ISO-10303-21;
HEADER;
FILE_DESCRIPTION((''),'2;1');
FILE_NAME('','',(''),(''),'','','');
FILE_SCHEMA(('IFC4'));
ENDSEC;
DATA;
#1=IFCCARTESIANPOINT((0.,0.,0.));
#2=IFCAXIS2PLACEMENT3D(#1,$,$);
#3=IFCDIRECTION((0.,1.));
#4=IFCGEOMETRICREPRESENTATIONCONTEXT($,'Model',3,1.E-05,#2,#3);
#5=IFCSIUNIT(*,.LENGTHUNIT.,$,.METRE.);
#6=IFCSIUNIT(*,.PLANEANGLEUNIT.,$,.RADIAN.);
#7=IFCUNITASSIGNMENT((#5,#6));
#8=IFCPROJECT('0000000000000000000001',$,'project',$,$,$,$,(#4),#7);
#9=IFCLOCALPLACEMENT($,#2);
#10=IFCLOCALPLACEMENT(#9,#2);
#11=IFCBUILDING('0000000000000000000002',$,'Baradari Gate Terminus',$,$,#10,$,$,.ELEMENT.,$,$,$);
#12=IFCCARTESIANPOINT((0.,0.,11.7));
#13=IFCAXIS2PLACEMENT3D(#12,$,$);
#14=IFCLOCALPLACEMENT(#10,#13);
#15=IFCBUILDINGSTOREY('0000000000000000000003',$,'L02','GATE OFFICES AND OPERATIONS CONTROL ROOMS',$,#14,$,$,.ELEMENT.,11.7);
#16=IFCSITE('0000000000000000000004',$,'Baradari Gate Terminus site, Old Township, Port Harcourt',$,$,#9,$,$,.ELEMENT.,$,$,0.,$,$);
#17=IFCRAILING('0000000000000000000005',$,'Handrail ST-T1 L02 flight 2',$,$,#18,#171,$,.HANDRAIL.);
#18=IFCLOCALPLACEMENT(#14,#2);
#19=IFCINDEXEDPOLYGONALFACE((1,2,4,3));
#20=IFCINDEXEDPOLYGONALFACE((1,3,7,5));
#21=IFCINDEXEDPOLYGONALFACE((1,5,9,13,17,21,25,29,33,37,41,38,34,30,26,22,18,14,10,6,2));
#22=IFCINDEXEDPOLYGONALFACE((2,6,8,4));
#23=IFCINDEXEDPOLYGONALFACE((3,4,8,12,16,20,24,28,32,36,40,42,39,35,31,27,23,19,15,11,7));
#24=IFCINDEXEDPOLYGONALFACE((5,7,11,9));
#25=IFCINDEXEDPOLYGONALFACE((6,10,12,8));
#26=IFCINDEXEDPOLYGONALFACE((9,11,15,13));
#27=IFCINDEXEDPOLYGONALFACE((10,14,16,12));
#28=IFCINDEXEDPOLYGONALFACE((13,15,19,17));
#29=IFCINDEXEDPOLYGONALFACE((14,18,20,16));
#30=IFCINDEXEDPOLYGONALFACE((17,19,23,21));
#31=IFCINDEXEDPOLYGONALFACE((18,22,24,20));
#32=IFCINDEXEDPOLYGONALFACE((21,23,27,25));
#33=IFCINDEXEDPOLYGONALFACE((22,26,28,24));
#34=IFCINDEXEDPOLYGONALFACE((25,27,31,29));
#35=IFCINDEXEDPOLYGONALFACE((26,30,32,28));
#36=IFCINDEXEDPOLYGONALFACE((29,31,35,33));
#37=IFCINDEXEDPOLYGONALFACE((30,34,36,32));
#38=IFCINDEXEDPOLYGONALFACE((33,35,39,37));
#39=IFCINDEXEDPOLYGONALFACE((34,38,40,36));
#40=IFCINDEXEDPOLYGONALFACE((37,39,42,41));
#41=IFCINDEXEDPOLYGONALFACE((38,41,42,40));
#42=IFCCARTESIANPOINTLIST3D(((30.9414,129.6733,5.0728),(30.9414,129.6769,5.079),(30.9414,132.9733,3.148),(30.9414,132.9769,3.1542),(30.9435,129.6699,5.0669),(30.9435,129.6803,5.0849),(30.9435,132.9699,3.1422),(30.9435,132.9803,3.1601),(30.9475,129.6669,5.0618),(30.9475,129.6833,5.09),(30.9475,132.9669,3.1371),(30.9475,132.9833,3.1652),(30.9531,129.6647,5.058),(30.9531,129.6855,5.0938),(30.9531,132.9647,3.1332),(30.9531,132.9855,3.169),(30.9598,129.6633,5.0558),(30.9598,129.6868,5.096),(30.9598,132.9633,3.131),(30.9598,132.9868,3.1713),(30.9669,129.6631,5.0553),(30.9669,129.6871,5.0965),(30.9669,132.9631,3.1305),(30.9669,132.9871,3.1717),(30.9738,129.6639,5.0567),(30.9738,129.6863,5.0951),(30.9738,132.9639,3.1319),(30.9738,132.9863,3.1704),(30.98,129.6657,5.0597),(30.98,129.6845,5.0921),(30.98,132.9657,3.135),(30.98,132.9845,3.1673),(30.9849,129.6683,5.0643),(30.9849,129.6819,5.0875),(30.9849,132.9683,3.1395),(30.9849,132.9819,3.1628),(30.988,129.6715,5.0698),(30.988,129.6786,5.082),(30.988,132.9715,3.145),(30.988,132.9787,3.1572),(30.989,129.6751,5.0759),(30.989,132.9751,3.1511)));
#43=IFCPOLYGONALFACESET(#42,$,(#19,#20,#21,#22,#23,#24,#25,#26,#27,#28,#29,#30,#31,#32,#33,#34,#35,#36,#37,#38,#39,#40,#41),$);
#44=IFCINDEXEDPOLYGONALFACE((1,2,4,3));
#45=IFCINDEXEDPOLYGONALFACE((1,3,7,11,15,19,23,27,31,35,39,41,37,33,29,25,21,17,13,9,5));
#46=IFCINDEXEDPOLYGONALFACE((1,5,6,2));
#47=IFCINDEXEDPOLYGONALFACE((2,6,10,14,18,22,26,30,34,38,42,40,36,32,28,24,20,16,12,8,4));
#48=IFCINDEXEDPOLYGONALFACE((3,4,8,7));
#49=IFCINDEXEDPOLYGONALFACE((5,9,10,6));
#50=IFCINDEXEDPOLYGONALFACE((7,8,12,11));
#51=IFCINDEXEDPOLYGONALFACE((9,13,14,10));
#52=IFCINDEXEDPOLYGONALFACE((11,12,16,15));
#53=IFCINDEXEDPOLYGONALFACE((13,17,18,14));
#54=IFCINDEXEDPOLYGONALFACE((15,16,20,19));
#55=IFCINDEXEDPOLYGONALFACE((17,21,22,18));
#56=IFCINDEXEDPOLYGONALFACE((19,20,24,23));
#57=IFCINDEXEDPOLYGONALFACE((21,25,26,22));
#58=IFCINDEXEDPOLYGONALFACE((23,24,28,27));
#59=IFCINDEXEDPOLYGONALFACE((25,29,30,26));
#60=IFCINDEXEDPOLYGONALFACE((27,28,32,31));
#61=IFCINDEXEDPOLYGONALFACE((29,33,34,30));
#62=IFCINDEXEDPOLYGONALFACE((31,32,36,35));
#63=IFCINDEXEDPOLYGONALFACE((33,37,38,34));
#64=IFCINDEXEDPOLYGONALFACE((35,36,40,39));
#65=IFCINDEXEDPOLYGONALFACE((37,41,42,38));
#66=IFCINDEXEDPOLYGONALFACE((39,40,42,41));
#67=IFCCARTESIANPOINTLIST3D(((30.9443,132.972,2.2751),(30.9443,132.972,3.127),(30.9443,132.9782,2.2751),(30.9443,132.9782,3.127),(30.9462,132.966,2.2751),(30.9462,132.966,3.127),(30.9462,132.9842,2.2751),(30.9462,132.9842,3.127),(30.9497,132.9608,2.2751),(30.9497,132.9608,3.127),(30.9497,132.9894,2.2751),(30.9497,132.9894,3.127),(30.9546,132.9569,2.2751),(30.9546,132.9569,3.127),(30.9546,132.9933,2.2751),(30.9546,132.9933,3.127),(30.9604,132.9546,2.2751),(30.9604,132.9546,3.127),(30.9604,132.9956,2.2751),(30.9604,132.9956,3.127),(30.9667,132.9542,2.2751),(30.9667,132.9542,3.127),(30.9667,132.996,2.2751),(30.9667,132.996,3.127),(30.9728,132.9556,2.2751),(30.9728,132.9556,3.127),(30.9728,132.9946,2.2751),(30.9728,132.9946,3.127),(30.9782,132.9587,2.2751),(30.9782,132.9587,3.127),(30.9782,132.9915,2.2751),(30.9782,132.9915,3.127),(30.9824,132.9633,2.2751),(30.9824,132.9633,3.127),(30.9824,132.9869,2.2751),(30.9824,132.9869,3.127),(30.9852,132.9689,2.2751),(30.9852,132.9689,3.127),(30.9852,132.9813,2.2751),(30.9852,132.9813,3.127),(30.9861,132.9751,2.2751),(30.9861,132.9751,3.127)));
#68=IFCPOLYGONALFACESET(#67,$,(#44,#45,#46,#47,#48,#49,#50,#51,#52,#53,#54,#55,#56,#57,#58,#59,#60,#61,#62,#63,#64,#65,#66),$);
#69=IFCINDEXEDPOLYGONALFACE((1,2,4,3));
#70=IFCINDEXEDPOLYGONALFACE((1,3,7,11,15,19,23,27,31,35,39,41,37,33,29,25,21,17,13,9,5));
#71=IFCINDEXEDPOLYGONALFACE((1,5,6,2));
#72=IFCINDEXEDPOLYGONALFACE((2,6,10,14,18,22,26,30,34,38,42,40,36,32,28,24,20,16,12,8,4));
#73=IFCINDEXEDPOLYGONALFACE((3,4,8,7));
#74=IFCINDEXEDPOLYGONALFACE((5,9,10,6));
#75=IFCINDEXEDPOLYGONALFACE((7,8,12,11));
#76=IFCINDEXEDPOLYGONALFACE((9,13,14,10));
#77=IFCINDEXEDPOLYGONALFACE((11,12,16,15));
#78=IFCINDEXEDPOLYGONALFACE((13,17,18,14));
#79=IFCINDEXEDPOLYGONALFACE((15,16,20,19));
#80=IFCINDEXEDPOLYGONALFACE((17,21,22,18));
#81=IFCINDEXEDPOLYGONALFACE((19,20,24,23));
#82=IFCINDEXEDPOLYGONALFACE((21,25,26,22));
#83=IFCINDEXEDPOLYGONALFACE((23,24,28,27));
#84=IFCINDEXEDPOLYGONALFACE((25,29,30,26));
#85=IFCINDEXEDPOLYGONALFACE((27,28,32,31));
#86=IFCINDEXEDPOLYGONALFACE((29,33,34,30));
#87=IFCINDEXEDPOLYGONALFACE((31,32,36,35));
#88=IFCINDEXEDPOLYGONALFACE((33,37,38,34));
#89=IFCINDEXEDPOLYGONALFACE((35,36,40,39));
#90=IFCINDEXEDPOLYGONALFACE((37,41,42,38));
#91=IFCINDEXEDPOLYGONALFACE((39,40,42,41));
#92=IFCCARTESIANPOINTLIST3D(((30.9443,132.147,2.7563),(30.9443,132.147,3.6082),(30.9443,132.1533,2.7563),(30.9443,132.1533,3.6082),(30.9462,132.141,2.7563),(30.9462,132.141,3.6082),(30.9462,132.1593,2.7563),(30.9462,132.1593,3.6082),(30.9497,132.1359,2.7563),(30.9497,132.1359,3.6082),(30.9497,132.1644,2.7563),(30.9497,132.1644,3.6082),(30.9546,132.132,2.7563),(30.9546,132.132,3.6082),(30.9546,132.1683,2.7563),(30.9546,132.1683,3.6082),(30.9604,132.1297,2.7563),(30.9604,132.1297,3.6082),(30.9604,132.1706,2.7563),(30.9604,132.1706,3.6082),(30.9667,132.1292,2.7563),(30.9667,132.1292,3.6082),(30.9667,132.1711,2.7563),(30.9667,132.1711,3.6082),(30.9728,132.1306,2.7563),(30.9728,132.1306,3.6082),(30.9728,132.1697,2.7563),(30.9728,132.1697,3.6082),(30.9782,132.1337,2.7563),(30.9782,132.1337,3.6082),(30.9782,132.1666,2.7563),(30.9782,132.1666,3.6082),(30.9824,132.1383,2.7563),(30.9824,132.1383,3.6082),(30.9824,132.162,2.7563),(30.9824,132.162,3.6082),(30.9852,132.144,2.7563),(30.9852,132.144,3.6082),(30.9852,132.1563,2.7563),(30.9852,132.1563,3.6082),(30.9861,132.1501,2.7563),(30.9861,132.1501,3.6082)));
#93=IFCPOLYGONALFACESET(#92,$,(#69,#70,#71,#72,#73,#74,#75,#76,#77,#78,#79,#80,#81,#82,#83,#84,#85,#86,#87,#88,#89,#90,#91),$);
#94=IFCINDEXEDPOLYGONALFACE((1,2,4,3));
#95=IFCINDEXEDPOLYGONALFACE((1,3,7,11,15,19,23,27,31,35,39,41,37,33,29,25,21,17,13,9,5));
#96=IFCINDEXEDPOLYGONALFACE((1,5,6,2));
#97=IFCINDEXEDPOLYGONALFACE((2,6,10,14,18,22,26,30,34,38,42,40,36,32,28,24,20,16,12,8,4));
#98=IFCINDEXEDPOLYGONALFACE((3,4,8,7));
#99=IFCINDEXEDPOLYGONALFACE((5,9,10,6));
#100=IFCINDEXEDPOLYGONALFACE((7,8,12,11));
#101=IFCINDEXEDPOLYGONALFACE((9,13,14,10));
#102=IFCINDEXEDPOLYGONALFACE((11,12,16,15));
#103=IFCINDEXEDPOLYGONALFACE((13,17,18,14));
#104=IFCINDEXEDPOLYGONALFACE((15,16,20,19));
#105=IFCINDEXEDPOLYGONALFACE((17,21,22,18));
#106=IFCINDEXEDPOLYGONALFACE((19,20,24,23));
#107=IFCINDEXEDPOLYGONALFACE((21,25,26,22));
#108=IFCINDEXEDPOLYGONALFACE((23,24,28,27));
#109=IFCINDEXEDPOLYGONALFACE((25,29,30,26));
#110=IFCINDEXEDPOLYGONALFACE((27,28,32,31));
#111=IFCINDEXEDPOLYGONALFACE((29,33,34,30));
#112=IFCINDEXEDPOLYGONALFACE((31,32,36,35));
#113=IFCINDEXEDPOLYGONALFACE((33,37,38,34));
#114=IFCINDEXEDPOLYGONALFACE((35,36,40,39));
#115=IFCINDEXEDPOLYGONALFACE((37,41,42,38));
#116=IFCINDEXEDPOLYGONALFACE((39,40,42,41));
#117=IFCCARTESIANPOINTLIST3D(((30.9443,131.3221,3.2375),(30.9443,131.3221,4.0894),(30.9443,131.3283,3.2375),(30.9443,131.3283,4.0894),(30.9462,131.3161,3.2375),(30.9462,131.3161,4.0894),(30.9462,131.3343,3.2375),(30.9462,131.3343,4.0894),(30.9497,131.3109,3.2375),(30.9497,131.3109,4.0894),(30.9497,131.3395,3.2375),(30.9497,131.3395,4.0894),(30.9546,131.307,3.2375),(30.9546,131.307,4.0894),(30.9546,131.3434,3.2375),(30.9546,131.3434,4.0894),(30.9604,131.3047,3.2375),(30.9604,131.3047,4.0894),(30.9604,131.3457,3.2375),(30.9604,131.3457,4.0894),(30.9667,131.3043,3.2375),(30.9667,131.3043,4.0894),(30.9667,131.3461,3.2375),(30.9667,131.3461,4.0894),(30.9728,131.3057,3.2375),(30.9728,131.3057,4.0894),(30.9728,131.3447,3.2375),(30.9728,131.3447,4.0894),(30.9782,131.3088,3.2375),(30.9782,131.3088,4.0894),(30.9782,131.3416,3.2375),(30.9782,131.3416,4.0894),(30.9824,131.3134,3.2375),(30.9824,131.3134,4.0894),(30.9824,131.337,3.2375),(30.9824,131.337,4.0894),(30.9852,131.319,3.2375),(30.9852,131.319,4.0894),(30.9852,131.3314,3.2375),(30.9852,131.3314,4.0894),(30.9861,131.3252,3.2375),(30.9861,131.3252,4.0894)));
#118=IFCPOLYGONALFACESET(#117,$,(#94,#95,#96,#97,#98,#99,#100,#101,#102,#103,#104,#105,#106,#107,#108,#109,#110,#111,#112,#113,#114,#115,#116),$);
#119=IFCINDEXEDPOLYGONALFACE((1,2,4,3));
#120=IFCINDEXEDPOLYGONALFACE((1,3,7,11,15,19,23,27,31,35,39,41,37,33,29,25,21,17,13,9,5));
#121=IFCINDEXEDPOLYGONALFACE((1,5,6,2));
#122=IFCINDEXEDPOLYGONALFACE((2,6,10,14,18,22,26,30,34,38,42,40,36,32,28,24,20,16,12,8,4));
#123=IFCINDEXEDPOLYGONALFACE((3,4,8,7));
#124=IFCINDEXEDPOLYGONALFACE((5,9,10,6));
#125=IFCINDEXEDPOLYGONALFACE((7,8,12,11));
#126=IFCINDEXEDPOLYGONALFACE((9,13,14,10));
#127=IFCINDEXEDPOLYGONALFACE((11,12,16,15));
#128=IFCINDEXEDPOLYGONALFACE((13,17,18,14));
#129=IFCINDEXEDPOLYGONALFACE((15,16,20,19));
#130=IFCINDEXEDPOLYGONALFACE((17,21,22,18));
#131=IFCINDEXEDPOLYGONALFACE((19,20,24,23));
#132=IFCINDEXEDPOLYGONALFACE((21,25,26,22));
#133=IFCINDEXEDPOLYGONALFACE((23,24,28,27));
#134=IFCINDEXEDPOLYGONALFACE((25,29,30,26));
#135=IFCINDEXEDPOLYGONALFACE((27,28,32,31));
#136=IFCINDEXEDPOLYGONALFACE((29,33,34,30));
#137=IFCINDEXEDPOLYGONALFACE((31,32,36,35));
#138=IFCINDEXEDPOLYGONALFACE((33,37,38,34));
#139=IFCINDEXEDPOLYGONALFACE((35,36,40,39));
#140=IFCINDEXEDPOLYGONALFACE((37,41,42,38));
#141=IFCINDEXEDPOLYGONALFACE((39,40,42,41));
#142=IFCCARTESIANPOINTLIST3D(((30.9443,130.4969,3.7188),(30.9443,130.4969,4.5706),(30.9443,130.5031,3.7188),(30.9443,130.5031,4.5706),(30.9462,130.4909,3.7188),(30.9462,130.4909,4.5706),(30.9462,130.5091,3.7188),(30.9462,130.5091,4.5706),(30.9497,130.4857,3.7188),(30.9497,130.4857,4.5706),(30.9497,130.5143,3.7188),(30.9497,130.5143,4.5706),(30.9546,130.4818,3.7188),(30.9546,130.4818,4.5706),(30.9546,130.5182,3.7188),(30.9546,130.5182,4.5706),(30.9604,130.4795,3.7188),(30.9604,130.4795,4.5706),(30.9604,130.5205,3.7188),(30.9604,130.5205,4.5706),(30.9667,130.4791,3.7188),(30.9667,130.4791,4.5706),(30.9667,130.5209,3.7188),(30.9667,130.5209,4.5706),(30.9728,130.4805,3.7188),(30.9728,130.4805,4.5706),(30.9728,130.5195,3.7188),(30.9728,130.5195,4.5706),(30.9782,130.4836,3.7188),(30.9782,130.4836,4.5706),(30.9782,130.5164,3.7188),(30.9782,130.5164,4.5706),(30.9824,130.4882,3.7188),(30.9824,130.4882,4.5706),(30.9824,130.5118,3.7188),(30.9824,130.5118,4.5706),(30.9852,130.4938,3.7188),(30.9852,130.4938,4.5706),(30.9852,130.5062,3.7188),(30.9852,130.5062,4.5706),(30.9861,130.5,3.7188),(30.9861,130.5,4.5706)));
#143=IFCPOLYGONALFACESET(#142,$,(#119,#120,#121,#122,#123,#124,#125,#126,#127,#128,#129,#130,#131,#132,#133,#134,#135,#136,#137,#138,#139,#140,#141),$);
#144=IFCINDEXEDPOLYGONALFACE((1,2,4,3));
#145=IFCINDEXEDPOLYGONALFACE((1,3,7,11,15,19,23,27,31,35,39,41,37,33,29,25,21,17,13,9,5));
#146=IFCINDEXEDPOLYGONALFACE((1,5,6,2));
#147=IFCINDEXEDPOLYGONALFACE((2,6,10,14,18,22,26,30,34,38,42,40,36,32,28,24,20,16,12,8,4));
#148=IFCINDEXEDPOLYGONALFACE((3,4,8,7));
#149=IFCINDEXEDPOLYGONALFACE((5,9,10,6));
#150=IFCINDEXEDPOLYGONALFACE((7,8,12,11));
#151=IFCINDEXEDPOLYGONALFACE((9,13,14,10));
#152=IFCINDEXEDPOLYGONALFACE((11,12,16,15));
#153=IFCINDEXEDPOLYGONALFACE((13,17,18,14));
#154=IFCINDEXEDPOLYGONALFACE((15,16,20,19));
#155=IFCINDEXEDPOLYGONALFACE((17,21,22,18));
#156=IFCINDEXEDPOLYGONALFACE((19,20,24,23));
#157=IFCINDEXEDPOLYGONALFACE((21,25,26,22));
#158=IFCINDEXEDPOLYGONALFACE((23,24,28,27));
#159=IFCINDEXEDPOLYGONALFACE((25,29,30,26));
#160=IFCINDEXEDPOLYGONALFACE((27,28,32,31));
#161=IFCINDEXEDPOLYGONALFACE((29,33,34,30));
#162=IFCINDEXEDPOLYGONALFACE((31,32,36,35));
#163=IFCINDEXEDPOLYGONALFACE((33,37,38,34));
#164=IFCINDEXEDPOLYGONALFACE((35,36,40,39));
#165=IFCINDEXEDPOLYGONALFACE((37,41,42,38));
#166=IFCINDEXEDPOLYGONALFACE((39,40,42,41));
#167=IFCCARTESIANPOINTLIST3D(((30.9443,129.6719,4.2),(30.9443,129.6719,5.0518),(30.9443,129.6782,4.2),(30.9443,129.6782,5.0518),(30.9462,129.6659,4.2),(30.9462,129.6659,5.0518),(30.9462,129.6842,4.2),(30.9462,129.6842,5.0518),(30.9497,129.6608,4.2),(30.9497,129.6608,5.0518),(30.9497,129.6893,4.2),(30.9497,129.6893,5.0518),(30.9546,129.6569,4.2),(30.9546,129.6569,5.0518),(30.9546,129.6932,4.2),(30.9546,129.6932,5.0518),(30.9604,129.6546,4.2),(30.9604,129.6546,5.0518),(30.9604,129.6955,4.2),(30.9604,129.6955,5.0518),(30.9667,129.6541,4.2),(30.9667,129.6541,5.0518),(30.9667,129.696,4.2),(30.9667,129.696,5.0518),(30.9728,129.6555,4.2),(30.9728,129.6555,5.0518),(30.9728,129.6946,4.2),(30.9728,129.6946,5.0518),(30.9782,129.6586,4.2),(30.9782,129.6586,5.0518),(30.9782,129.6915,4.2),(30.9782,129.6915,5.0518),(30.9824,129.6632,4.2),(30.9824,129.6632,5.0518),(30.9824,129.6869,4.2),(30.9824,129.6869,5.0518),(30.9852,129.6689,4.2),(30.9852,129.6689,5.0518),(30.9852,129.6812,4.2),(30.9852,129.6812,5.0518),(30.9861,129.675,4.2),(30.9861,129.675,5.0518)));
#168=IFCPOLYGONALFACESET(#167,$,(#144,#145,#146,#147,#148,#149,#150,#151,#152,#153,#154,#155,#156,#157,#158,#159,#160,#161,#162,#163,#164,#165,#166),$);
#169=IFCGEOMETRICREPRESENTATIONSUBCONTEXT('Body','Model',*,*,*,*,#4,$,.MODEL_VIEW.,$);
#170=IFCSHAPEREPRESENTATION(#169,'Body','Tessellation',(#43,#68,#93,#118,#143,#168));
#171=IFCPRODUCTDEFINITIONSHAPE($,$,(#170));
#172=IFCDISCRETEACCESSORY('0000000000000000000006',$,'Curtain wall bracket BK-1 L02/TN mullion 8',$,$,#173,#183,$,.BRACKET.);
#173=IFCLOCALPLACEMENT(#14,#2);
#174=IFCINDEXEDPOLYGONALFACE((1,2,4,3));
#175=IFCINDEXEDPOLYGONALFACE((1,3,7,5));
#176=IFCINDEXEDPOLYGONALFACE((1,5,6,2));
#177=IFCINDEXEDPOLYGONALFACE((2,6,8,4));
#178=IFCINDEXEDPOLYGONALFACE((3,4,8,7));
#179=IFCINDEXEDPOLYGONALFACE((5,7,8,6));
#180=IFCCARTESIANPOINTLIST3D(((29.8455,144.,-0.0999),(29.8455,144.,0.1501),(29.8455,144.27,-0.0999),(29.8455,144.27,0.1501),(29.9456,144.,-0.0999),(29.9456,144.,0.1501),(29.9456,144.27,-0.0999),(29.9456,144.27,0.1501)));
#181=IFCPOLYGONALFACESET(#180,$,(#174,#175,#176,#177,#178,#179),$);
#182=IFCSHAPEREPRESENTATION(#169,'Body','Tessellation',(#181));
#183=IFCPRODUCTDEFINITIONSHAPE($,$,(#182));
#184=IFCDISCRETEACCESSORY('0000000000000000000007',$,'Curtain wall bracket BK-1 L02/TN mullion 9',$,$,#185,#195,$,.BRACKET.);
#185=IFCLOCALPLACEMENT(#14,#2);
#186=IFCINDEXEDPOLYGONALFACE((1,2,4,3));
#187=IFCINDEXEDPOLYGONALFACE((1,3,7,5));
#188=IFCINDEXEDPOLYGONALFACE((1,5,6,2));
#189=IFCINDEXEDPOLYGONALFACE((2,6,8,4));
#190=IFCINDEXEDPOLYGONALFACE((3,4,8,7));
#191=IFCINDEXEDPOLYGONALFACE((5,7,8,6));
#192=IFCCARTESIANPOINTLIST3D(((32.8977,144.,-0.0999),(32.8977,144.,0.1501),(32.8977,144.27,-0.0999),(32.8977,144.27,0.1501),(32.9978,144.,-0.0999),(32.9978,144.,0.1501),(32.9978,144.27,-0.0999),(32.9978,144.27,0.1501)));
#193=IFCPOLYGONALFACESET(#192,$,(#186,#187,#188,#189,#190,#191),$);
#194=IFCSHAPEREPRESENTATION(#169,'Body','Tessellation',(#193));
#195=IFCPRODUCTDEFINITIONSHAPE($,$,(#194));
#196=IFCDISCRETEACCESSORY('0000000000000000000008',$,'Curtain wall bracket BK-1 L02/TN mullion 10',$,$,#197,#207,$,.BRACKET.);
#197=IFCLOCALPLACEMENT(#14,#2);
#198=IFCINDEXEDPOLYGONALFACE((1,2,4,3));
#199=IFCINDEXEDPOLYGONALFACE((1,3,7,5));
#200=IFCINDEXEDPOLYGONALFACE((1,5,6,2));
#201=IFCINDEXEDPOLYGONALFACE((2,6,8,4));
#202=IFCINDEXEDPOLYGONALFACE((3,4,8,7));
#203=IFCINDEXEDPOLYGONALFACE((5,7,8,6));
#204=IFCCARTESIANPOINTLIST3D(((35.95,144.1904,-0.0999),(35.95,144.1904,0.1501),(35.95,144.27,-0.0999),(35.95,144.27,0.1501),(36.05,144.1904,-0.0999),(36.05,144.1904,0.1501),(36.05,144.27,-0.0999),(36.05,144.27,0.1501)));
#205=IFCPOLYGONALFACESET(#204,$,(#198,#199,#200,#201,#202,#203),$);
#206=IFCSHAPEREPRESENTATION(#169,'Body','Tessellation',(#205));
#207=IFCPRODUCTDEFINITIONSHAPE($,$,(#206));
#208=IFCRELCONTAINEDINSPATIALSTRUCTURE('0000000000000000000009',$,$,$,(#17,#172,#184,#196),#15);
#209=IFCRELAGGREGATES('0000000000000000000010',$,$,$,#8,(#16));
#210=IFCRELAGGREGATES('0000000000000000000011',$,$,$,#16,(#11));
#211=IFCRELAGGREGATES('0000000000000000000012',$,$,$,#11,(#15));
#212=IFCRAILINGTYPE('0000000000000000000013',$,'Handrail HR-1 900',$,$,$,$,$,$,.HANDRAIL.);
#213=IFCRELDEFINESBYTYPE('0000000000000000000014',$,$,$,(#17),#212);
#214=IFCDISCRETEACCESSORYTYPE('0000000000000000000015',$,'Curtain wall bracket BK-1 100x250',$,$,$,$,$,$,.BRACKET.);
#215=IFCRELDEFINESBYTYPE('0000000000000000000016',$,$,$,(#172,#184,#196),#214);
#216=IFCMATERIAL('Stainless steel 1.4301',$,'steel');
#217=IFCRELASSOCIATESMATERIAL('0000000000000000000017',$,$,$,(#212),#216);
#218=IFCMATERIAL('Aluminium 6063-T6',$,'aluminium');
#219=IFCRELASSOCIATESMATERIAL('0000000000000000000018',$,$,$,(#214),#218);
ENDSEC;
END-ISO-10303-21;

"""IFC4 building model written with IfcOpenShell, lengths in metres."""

from ifc_helpers import new_model, si_unit, direction, frame, origin, origin_2d, place, context, subcontext, project, spatial, rectangle, circle, extrude, material, type_object, element, save


model = new_model("IFC4")

# Units and contexts
model_context = context("Model", 3, precision=1e-05, world=origin(), true_north=direction((0.0, 1.0)))
body_context = subcontext(model_context, "Body", "Model", "MODEL_VIEW")
ifc_project = project(units=[si_unit("LENGTHUNIT", "METRE"), si_unit("PLANEANGLEUNIT", "RADIAN")], contexts=[model_context])

# Site, building, storey
site_placement = place(None, origin())
site = spatial("IfcSite", under=ifc_project, at=site_placement, Name="Baradari Gate Terminus site, Old Township, Port Harcourt", CompositionType="ELEMENT", RefElevation=0.0)
building_placement = place(site_placement, origin())
building = spatial("IfcBuilding", under=site, at=building_placement, Name="Baradari Gate Terminus", CompositionType="ELEMENT")
storey_placement = place(building_placement, frame((0.0, 0.0, 11.7)))
storey = spatial("IfcBuildingStorey", under=building, at=storey_placement, Name="L02", Description="GATE OFFICES AND OPERATIONS CONTROL ROOMS", CompositionType="ELEMENT", Elevation=11.7)

# Railing
ifc_material_1 = material(Name="Stainless steel 1.4301", Category="steel")
railing_type = type_object("IfcRailingType", Name="Handrail HR-1 900", PredefinedType="HANDRAIL", material=ifc_material_1)
for number, where, name in (
    (1, (30.9651, 132.9751, 2.2751), "Handrail ST-T1 L02 flight 2"),
):
    element("IfcRailing", number, at=place(storey_placement, frame(where)), inside=storey, type_object=railing_type, Name=name, PredefinedType="HANDRAIL", context=body_context, shape_type="SweptSolid", body=[
        extrude(circle(Radius=0.0239, at=origin_2d()), frame((0.0, 0.0, 0.876), z_axis=(0.0, -0.863804, 0.503827), x_axis=(1.0, 0.0, 0.0)), (0.0, 0.0, 1.0), 3.8203),
        extrude(circle(Radius=0.021, at=origin_2d()), origin(), (0.0, 0.0, 1.0), 0.8518),
        extrude(circle(Radius=0.021, at=origin_2d()), frame((0.0, -0.825, 0.4812)), (0.0, 0.0, 1.0), 0.8518),
        extrude(circle(Radius=0.021, at=origin_2d()), frame((0.0, -1.6499, 0.9624)), (0.0, 0.0, 1.0), 0.8518),
        extrude(circle(Radius=0.021, at=origin_2d()), frame((0.0, -2.4751, 1.4436)), (0.0, 0.0, 1.0), 0.8518),
        extrude(circle(Radius=0.021, at=origin_2d()), frame((0.0, -3.3, 1.9248)), (0.0, 0.0, 1.0), 0.8518),
    ])

# Discrete accessories
ifc_material_2 = material(Name="Aluminium 6063-T6", Category="aluminium")
discrete_accessory_type = type_object("IfcDiscreteAccessoryType", Name="Curtain wall bracket BK-1 100x250", PredefinedType="BRACKET", material=ifc_material_2)
for number, where, z_axis, x_axis, name in (
    (2, (29.8955, 144.135, -0.0999), (0.0, 0.0, 1.0), (0.0, 1.0, 0.0), "Curtain wall bracket BK-1 L02/TN mullion 8"),
    (3, (32.9478, 144.135, -0.0999), (0.0, 0.0, 1.0), (0.0, 1.0, 0.0), "Curtain wall bracket BK-1 L02/TN mullion 9"),
):
    element("IfcDiscreteAccessory", number, at=place(storey_placement, frame(where, z_axis=z_axis, x_axis=x_axis)), inside=storey, type_object=discrete_accessory_type, Name=name, PredefinedType="BRACKET", context=body_context, shape_type="SweptSolid", body=[
        extrude(rectangle(XDim=0.27, YDim=0.1001, at=origin_2d()), origin(), (0.0, 0.0, 1.0), 0.25),
    ])
discrete_accessory_placement = place(storey_placement, frame((36.0, 144.2302, -0.0999), z_axis=(0.0, 0.0, 1.0), x_axis=(0.0, 1.0, 0.0)))
element("IfcDiscreteAccessory", 4, at=discrete_accessory_placement, inside=storey, type_object=discrete_accessory_type, Name="Curtain wall bracket BK-1 L02/TN mullion 10", PredefinedType="BRACKET", context=body_context, shape_type="SweptSolid", body=[
    extrude(rectangle(XDim=0.0796, YDim=0.1001, at=origin_2d()), origin(), (0.0, 0.0, 1.0), 0.25),
])

save(model, "model.ifc")
